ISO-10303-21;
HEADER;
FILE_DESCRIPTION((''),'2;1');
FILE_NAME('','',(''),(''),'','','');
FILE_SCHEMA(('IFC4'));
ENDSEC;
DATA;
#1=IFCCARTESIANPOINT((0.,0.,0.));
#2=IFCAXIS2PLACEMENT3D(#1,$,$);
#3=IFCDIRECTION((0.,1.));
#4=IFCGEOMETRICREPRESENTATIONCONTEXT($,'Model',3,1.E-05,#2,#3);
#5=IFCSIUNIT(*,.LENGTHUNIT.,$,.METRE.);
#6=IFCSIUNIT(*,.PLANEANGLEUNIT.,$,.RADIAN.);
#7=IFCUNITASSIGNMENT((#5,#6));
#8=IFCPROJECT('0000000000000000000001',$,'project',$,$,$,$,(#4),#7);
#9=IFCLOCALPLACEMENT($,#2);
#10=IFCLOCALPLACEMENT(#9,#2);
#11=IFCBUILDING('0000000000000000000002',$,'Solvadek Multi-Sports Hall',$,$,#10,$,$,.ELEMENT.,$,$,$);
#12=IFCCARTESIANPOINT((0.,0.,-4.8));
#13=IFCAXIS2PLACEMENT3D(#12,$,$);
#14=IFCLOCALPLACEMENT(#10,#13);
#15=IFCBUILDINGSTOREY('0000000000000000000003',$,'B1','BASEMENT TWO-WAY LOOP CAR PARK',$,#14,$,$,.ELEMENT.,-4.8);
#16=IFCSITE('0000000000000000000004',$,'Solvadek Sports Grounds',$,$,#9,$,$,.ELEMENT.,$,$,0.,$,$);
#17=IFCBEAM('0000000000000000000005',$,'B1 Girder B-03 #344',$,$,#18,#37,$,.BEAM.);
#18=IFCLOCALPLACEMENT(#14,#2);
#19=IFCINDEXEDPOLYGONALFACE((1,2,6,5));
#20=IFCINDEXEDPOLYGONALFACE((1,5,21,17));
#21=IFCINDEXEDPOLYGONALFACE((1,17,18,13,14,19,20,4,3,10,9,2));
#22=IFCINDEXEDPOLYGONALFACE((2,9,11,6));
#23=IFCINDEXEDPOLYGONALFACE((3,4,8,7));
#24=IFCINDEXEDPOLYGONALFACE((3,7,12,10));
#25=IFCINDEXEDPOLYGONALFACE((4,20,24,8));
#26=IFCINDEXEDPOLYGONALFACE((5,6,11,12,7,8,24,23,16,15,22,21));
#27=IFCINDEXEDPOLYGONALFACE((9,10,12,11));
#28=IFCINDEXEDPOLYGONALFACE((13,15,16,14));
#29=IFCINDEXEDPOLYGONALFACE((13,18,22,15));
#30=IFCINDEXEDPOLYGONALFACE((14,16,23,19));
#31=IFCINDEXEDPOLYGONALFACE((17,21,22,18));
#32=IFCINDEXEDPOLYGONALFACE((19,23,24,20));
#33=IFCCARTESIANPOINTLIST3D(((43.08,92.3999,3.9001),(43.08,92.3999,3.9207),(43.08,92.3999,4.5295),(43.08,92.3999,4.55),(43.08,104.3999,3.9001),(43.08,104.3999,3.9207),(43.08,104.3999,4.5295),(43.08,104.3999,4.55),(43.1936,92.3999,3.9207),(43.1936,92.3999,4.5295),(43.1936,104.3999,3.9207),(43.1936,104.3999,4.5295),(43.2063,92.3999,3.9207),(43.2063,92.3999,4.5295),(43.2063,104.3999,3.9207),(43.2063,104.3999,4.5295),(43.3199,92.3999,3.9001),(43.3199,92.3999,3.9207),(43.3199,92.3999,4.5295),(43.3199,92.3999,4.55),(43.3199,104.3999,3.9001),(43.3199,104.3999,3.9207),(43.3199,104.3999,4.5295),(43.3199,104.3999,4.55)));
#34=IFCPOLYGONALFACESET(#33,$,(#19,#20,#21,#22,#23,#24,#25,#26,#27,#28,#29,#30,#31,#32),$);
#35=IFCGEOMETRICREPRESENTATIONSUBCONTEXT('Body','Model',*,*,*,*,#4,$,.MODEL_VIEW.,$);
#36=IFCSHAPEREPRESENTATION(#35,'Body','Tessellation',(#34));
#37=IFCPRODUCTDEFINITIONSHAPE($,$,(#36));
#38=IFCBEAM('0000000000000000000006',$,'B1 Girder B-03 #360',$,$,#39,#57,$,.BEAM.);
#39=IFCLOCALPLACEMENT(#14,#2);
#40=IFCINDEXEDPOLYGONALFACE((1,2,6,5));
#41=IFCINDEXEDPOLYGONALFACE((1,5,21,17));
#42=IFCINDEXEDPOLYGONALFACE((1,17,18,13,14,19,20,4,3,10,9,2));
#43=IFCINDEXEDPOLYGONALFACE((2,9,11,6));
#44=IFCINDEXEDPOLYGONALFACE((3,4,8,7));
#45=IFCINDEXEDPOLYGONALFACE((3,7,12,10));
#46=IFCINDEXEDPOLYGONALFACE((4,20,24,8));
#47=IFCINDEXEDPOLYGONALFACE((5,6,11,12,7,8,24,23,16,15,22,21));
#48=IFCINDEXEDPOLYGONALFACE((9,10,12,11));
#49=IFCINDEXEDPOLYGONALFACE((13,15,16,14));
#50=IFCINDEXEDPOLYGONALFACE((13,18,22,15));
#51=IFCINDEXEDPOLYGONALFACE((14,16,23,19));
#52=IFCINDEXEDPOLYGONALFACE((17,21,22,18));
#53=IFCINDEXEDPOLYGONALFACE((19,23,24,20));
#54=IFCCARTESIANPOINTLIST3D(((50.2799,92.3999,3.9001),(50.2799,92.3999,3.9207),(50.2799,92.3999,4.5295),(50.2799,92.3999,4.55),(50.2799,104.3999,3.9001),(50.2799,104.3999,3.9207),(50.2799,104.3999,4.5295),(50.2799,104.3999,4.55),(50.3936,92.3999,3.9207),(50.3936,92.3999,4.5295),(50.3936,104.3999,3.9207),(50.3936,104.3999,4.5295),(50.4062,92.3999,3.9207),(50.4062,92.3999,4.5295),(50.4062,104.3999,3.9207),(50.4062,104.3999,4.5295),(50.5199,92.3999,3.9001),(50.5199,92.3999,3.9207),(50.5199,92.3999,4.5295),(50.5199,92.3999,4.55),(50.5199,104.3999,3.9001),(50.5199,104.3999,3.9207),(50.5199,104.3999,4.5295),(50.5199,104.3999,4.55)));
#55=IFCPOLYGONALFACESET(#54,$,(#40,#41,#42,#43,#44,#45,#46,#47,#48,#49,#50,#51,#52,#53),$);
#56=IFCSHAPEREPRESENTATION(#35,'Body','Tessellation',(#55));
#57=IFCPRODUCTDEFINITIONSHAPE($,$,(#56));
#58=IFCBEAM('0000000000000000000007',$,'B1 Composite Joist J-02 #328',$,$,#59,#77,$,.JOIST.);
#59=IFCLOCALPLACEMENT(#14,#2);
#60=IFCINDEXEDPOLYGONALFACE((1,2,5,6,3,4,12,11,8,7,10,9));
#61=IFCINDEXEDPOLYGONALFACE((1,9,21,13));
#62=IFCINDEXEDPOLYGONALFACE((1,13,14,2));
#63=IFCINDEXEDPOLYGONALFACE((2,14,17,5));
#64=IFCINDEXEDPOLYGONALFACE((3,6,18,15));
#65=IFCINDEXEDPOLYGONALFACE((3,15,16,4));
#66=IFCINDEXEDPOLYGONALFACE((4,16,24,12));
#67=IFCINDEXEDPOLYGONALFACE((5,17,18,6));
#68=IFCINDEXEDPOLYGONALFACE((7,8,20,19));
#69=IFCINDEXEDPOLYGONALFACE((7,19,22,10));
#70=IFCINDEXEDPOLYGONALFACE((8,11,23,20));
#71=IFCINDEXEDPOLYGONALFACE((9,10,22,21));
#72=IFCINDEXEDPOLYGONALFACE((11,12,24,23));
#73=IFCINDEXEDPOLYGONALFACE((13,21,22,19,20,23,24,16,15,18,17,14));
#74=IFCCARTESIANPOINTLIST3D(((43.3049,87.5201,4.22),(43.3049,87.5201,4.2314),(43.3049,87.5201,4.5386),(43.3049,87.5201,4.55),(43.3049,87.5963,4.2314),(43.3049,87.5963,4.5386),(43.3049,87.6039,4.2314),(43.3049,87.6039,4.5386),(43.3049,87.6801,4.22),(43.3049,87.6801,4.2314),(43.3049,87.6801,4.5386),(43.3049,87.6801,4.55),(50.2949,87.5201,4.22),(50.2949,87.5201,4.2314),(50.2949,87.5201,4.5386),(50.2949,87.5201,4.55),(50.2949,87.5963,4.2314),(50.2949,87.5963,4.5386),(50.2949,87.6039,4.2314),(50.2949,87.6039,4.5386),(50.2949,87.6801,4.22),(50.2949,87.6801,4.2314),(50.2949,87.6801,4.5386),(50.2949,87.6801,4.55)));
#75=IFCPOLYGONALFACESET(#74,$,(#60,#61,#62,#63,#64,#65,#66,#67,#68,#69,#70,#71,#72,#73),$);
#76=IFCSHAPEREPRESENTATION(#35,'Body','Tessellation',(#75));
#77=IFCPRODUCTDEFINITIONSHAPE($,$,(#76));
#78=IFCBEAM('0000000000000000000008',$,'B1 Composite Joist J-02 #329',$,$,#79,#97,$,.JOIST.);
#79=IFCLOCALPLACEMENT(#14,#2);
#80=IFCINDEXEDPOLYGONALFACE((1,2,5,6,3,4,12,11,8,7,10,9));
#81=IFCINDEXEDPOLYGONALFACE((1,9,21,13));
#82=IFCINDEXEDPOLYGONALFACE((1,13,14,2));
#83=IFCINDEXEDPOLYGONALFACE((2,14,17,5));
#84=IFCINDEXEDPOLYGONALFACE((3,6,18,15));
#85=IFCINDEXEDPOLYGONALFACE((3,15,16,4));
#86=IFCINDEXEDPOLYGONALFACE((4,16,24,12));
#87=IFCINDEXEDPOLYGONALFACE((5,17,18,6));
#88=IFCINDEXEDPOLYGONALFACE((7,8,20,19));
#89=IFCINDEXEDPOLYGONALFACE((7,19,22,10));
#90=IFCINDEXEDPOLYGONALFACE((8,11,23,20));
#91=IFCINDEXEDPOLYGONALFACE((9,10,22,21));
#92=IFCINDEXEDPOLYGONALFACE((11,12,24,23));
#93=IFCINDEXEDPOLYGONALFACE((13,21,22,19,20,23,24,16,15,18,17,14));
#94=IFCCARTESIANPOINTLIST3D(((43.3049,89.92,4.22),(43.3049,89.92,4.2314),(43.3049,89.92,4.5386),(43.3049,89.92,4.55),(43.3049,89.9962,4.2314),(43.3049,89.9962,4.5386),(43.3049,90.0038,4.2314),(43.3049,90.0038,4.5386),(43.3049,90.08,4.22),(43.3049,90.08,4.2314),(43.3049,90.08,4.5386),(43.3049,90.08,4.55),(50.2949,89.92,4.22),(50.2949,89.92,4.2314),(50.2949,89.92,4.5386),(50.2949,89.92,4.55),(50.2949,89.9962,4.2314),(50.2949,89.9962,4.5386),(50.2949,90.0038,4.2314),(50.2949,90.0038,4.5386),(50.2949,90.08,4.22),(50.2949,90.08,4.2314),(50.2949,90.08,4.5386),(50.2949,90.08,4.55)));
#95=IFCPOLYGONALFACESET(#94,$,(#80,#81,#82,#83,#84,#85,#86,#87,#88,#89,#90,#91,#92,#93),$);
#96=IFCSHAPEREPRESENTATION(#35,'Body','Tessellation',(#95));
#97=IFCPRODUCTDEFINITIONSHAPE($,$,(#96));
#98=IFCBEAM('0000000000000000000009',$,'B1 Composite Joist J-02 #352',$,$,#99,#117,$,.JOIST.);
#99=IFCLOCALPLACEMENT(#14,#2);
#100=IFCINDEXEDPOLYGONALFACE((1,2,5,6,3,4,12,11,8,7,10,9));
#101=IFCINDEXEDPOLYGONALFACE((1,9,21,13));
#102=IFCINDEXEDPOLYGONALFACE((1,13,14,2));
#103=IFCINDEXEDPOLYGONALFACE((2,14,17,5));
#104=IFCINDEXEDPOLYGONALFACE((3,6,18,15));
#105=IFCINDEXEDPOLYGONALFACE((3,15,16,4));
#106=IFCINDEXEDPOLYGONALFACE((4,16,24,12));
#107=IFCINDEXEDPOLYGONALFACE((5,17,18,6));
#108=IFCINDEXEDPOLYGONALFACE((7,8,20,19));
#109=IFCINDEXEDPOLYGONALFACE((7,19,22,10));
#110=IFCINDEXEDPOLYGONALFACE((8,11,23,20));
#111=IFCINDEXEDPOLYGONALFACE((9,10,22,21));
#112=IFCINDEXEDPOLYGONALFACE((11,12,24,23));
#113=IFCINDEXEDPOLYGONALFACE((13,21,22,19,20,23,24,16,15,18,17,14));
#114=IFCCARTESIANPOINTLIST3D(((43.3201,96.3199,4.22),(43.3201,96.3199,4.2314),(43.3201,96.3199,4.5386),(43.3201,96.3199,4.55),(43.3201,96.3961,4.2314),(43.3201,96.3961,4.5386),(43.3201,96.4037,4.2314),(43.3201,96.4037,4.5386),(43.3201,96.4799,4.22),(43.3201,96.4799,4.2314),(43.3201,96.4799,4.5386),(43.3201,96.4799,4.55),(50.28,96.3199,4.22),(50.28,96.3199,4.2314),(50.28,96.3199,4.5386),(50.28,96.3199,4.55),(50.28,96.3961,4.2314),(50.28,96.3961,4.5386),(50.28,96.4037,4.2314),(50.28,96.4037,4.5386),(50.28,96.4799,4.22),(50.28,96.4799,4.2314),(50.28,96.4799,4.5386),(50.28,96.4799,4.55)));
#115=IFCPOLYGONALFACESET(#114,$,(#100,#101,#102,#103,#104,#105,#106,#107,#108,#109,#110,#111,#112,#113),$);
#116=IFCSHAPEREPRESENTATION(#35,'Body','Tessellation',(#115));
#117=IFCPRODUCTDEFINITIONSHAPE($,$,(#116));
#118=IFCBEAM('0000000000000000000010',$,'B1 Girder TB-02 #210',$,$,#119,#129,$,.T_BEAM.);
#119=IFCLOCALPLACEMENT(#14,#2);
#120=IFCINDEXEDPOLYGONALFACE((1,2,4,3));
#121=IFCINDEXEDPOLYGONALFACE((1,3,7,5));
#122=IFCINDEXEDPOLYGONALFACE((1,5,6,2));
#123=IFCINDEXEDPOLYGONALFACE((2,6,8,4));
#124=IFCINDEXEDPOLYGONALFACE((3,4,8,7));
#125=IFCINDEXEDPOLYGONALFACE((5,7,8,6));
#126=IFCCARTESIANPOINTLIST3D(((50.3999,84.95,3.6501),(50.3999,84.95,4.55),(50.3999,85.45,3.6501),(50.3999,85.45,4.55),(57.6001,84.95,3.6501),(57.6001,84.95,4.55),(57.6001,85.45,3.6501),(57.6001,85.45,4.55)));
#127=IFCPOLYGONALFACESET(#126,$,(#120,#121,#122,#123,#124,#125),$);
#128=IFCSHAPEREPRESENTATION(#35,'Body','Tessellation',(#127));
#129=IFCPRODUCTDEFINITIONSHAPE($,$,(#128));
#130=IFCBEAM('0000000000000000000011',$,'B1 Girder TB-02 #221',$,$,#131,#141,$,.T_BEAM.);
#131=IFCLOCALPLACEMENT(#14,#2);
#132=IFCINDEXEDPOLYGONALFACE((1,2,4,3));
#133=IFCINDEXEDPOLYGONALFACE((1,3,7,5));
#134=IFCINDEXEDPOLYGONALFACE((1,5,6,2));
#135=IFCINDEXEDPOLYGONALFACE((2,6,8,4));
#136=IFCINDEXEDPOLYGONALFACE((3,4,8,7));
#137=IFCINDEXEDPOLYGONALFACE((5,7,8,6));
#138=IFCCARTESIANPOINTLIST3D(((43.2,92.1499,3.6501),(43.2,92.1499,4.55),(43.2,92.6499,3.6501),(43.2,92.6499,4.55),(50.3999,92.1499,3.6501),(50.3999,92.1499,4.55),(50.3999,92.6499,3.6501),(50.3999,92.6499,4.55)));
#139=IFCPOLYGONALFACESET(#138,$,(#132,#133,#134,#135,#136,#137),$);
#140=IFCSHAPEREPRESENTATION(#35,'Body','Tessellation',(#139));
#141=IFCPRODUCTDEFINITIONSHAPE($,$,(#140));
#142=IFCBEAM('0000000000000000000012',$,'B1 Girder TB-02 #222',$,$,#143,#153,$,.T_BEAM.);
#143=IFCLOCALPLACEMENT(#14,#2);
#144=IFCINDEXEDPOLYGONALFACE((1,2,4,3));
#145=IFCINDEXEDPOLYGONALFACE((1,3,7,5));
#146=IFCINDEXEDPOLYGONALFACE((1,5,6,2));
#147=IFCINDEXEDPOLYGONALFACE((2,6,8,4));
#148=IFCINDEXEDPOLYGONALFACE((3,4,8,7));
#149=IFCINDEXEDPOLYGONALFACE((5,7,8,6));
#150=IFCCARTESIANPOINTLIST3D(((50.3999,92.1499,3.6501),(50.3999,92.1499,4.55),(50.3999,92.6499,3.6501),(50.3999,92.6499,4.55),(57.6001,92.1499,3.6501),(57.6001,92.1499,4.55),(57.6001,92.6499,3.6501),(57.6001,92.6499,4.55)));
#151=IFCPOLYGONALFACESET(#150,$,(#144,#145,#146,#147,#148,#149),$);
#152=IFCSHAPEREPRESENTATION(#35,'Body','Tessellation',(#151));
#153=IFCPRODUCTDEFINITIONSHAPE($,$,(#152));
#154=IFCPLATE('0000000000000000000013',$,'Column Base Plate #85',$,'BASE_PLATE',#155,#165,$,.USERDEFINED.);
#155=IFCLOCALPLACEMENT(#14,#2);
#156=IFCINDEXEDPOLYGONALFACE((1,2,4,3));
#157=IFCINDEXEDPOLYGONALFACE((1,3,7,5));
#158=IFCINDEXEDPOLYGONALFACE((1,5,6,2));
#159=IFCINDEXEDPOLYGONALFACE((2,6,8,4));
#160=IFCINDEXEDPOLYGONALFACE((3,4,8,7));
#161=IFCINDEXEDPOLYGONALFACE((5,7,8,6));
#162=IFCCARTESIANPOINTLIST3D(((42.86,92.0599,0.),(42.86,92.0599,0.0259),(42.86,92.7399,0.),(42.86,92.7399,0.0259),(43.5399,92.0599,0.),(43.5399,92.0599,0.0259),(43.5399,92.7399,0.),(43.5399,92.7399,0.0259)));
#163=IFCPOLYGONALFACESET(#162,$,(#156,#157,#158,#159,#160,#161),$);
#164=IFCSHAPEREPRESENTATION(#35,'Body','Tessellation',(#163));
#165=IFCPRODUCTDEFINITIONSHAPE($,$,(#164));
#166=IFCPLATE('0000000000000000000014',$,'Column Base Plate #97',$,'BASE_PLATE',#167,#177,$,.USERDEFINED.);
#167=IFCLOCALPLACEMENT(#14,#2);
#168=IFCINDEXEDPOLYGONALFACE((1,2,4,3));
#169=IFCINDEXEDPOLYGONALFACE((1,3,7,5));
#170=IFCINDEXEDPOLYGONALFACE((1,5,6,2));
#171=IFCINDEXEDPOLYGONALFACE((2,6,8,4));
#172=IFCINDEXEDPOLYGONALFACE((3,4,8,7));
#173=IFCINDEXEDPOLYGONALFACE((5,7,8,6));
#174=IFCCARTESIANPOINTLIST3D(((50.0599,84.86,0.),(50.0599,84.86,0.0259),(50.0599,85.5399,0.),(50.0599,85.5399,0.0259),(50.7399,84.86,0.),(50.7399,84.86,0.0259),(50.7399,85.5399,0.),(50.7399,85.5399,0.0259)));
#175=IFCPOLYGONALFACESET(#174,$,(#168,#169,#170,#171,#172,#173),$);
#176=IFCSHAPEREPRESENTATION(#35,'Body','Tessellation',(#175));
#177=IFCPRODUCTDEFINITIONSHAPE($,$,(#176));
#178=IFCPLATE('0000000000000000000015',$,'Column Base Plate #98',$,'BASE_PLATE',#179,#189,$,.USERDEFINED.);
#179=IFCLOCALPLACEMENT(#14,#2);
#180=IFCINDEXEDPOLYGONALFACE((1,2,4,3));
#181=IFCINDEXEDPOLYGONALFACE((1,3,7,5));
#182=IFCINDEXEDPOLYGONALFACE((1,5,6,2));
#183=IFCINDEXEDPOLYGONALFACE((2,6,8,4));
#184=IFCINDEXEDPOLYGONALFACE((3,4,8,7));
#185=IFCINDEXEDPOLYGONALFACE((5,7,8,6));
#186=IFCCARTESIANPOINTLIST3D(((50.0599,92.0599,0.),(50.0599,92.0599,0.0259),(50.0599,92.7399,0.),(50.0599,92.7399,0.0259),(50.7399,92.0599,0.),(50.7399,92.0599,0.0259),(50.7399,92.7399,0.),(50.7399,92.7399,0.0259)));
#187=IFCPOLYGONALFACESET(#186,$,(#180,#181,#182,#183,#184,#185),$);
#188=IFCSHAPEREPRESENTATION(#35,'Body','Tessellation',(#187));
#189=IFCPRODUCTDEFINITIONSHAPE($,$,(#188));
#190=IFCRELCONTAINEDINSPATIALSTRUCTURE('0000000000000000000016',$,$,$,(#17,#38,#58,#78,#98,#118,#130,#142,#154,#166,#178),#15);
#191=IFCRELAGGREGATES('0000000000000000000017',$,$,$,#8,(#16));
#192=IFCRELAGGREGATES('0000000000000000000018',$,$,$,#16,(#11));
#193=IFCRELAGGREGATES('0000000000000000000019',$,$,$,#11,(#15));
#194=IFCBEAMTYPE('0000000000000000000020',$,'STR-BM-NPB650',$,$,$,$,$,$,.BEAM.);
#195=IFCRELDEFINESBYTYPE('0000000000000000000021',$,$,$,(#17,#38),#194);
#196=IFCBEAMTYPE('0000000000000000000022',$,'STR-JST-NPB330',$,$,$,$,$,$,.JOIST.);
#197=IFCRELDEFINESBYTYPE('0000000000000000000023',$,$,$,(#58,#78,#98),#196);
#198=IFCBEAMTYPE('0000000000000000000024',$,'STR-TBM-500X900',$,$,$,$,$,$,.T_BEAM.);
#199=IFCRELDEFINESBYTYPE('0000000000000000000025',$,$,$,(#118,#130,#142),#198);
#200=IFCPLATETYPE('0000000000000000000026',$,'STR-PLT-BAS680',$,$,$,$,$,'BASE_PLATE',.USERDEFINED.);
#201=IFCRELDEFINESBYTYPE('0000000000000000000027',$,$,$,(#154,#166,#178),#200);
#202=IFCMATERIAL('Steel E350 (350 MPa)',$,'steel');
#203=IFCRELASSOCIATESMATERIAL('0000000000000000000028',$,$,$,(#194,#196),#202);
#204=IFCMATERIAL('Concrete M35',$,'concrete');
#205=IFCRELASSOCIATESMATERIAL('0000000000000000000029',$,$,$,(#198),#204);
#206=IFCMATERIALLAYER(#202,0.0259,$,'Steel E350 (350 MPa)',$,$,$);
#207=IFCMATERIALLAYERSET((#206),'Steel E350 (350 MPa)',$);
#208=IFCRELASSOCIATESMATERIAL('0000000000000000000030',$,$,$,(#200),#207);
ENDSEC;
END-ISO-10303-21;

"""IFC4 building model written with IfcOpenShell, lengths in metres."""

from ifc_helpers import new_model, si_unit, direction, frame, origin, origin_2d, place, context, subcontext, project, spatial, rectangle, i_section, extrude, material, layer, layer_set, material_profile, profile_set, type_object, element, save


model = new_model("IFC4")

# Units and contexts
model_context = context("Model", 3, precision=1e-05, world=origin(), true_north=direction((0.0, 1.0)))
body_context = subcontext(model_context, "Body", "Model", "MODEL_VIEW")
ifc_project = project(units=[si_unit("LENGTHUNIT", "METRE"), si_unit("PLANEANGLEUNIT", "RADIAN")], contexts=[model_context])

# Site, building, storey
site_placement = place(None, origin())
site = spatial("IfcSite", under=ifc_project, at=site_placement, Name="Solvadek Sports Grounds", CompositionType="ELEMENT", RefElevation=0.0)
building_placement = place(site_placement, origin())
building = spatial("IfcBuilding", under=site, at=building_placement, Name="Solvadek Multi-Sports Hall", CompositionType="ELEMENT")
storey_placement = place(building_placement, frame((0.0, 0.0, -4.8)))
storey = spatial("IfcBuildingStorey", under=building, at=storey_placement, Name="B1", Description="BASEMENT TWO-WAY LOOP CAR PARK", CompositionType="ELEMENT", Elevation=-4.8)

# Shared definitions
ifc_material_1 = material(Name="Concrete M35", Category="concrete")

# Shared definitions
ifc_material_2 = material(Name="Steel E350 (350 MPa)", Category="steel")

# Beams
ifc_material_profile_1 = material_profile(ifc_material_2, i_section(OverallWidth=0.24, OverallDepth=0.6499, WebThickness=0.0127, FlangeThickness=0.0205, at=origin_2d()), Name="NPB 650")
ifc_profile_set_1 = profile_set([ifc_material_profile_1], Name="Steel E350 (350 MPa)")
beam_type_1 = type_object("IfcBeamType", Name="STR-BM-NPB650", PredefinedType="BEAM", material=ifc_profile_set_1)
for number, where, z_axis, x_axis, name in (
    (1, (43.2, 92.3999, 4.2251), (0.0, 1.0, 0.0), (-1.0, 0.0, 0.0), "B1 Girder B-03 #344"),
    (2, (50.3999, 92.3999, 4.2251), (0.0, 1.0, 0.0), (-1.0, 0.0, 0.0), "B1 Girder B-03 #360"),
):
    element("IfcBeam", number, at=place(storey_placement, frame(where, z_axis=z_axis, x_axis=x_axis)), inside=storey, type_object=beam_type_1, Name=name, PredefinedType="BEAM", context=body_context, shape_type="SweptSolid", body=[
        extrude(i_section(OverallWidth=0.24, OverallDepth=0.6499, WebThickness=0.0127, FlangeThickness=0.0205, at=origin_2d()), origin(), (0.0, 0.0, 1.0), 12.0),
    ])
ifc_material_profile_2 = material_profile(ifc_material_2, i_section(OverallWidth=0.1599, OverallDepth=0.3301, WebThickness=0.0076, FlangeThickness=0.0115, at=origin_2d()), Name="NPB 330")
ifc_profile_set_2 = profile_set([ifc_material_profile_2], Name="Steel E350 (350 MPa)")
beam_type_2 = type_object("IfcBeamType", Name="STR-JST-NPB330", PredefinedType="JOIST", material=ifc_profile_set_2)
for number, where, z_axis, x_axis, name in (
    (3, (43.3049, 87.6001, 4.385), (1.0, 0.0, 0.0), (0.0, 1.0, 0.0), "B1 Composite Joist J-02 #328"),
    (4, (43.3049, 90.0, 4.385), (1.0, 0.0, 0.0), (0.0, 1.0, 0.0), "B1 Composite Joist J-02 #329"),
):
    element("IfcBeam", number, at=place(storey_placement, frame(where, z_axis=z_axis, x_axis=x_axis)), inside=storey, type_object=beam_type_2, Name=name, PredefinedType="JOIST", context=body_context, shape_type="SweptSolid", body=[
        extrude(i_section(OverallWidth=0.1599, OverallDepth=0.3301, WebThickness=0.0076, FlangeThickness=0.0115, at=origin_2d()), origin(), (0.0, 0.0, 1.0), 6.99),
    ])
beam_1_placement = place(storey_placement, frame((43.3201, 96.3999, 4.385), z_axis=(1.0, 0.0, 0.0), x_axis=(0.0, 1.0, 0.0)))
element("IfcBeam", 5, at=beam_1_placement, inside=storey, type_object=beam_type_2, Name="B1 Composite Joist J-02 #352", PredefinedType="JOIST", context=body_context, shape_type="SweptSolid", body=[
    extrude(i_section(OverallWidth=0.1599, OverallDepth=0.3301, WebThickness=0.0076, FlangeThickness=0.0115, at=origin_2d()), origin(), (0.0, 0.0, 1.0), 6.96),
])
ifc_material_profile_3 = material_profile(ifc_material_1, rectangle(XDim=0.5, YDim=0.8999, at=origin_2d()), Name="RC T-BEAM 500x900")
ifc_profile_set_3 = profile_set([ifc_material_profile_3], Name="Concrete M35")
beam_type_3 = type_object("IfcBeamType", Name="STR-TBM-500X900", PredefinedType="T_BEAM", material=ifc_profile_set_3)
beam_2_placement = place(storey_placement, frame((50.3999, 85.2, 4.1001), z_axis=(1.0, 0.0, 0.0), x_axis=(0.0, 1.0, 0.0)))
element("IfcBeam", 6, at=beam_2_placement, inside=storey, type_object=beam_type_3, Name="B1 Girder TB-02 #210", PredefinedType="T_BEAM", context=body_context, shape_type="SweptSolid", body=[
    extrude(rectangle(XDim=0.5, YDim=0.8999, at=origin_2d()), origin(), (0.0, 0.0, 1.0), 7.2002),
])
beam_3_placement = place(storey_placement, frame((43.2, 92.3999, 4.1001), z_axis=(1.0, 0.0, 0.0), x_axis=(0.0, 1.0, 0.0)))
element("IfcBeam", 7, at=beam_3_placement, inside=storey, type_object=beam_type_3, Name="B1 Girder TB-02 #221", PredefinedType="T_BEAM", context=body_context, shape_type="SweptSolid", body=[
    extrude(rectangle(XDim=0.5, YDim=0.8999, at=origin_2d()), origin(), (0.0, 0.0, 1.0), 7.2),
])
beam_4_placement = place(storey_placement, frame((50.3999, 92.3999, 4.1001), z_axis=(1.0, 0.0, 0.0), x_axis=(0.0, 1.0, 0.0)))
element("IfcBeam", 8, at=beam_4_placement, inside=storey, type_object=beam_type_3, Name="B1 Girder TB-02 #222", PredefinedType="T_BEAM", context=body_context, shape_type="SweptSolid", body=[
    extrude(rectangle(XDim=0.5, YDim=0.8999, at=origin_2d()), origin(), (0.0, 0.0, 1.0), 7.2002),
])

# Plates
ifc_layer = layer(ifc_material_2, 0.0259, Name="Steel E350 (350 MPa)")
ifc_layer_set = layer_set([ifc_layer], Name="Steel E350 (350 MPa)")
plate_type = type_object("IfcPlateType", Name="STR-PLT-BAS680", ElementType="BASE_PLATE", PredefinedType="USERDEFINED", material=ifc_layer_set)
for number, where, z_axis, x_axis, name in (
    (9, (43.2, 92.3999, 0.0), (0.0, 0.0, 1.0), (1.0, 0.0, 0.0), "Column Base Plate #85"),
    (10, (50.3999, 85.2, 0.0), (0.0, 0.0, 1.0), (1.0, 0.0, 0.0), "Column Base Plate #97"),
    (11, (50.3999, 92.3999, 0.0), (0.0, 0.0, 1.0), (1.0, 0.0, 0.0), "Column Base Plate #98"),
):
    element("IfcPlate", number, at=place(storey_placement, frame(where, z_axis=z_axis, x_axis=x_axis)), inside=storey, type_object=plate_type, Name=name, ObjectType="BASE_PLATE", PredefinedType="USERDEFINED", context=body_context, shape_type="SweptSolid", body=[
        extrude(rectangle(XDim=0.6799, YDim=0.6799, at=origin_2d()), origin(), (0.0, 0.0, 1.0), 0.0259),
    ])

save(model, "model.ifc")
